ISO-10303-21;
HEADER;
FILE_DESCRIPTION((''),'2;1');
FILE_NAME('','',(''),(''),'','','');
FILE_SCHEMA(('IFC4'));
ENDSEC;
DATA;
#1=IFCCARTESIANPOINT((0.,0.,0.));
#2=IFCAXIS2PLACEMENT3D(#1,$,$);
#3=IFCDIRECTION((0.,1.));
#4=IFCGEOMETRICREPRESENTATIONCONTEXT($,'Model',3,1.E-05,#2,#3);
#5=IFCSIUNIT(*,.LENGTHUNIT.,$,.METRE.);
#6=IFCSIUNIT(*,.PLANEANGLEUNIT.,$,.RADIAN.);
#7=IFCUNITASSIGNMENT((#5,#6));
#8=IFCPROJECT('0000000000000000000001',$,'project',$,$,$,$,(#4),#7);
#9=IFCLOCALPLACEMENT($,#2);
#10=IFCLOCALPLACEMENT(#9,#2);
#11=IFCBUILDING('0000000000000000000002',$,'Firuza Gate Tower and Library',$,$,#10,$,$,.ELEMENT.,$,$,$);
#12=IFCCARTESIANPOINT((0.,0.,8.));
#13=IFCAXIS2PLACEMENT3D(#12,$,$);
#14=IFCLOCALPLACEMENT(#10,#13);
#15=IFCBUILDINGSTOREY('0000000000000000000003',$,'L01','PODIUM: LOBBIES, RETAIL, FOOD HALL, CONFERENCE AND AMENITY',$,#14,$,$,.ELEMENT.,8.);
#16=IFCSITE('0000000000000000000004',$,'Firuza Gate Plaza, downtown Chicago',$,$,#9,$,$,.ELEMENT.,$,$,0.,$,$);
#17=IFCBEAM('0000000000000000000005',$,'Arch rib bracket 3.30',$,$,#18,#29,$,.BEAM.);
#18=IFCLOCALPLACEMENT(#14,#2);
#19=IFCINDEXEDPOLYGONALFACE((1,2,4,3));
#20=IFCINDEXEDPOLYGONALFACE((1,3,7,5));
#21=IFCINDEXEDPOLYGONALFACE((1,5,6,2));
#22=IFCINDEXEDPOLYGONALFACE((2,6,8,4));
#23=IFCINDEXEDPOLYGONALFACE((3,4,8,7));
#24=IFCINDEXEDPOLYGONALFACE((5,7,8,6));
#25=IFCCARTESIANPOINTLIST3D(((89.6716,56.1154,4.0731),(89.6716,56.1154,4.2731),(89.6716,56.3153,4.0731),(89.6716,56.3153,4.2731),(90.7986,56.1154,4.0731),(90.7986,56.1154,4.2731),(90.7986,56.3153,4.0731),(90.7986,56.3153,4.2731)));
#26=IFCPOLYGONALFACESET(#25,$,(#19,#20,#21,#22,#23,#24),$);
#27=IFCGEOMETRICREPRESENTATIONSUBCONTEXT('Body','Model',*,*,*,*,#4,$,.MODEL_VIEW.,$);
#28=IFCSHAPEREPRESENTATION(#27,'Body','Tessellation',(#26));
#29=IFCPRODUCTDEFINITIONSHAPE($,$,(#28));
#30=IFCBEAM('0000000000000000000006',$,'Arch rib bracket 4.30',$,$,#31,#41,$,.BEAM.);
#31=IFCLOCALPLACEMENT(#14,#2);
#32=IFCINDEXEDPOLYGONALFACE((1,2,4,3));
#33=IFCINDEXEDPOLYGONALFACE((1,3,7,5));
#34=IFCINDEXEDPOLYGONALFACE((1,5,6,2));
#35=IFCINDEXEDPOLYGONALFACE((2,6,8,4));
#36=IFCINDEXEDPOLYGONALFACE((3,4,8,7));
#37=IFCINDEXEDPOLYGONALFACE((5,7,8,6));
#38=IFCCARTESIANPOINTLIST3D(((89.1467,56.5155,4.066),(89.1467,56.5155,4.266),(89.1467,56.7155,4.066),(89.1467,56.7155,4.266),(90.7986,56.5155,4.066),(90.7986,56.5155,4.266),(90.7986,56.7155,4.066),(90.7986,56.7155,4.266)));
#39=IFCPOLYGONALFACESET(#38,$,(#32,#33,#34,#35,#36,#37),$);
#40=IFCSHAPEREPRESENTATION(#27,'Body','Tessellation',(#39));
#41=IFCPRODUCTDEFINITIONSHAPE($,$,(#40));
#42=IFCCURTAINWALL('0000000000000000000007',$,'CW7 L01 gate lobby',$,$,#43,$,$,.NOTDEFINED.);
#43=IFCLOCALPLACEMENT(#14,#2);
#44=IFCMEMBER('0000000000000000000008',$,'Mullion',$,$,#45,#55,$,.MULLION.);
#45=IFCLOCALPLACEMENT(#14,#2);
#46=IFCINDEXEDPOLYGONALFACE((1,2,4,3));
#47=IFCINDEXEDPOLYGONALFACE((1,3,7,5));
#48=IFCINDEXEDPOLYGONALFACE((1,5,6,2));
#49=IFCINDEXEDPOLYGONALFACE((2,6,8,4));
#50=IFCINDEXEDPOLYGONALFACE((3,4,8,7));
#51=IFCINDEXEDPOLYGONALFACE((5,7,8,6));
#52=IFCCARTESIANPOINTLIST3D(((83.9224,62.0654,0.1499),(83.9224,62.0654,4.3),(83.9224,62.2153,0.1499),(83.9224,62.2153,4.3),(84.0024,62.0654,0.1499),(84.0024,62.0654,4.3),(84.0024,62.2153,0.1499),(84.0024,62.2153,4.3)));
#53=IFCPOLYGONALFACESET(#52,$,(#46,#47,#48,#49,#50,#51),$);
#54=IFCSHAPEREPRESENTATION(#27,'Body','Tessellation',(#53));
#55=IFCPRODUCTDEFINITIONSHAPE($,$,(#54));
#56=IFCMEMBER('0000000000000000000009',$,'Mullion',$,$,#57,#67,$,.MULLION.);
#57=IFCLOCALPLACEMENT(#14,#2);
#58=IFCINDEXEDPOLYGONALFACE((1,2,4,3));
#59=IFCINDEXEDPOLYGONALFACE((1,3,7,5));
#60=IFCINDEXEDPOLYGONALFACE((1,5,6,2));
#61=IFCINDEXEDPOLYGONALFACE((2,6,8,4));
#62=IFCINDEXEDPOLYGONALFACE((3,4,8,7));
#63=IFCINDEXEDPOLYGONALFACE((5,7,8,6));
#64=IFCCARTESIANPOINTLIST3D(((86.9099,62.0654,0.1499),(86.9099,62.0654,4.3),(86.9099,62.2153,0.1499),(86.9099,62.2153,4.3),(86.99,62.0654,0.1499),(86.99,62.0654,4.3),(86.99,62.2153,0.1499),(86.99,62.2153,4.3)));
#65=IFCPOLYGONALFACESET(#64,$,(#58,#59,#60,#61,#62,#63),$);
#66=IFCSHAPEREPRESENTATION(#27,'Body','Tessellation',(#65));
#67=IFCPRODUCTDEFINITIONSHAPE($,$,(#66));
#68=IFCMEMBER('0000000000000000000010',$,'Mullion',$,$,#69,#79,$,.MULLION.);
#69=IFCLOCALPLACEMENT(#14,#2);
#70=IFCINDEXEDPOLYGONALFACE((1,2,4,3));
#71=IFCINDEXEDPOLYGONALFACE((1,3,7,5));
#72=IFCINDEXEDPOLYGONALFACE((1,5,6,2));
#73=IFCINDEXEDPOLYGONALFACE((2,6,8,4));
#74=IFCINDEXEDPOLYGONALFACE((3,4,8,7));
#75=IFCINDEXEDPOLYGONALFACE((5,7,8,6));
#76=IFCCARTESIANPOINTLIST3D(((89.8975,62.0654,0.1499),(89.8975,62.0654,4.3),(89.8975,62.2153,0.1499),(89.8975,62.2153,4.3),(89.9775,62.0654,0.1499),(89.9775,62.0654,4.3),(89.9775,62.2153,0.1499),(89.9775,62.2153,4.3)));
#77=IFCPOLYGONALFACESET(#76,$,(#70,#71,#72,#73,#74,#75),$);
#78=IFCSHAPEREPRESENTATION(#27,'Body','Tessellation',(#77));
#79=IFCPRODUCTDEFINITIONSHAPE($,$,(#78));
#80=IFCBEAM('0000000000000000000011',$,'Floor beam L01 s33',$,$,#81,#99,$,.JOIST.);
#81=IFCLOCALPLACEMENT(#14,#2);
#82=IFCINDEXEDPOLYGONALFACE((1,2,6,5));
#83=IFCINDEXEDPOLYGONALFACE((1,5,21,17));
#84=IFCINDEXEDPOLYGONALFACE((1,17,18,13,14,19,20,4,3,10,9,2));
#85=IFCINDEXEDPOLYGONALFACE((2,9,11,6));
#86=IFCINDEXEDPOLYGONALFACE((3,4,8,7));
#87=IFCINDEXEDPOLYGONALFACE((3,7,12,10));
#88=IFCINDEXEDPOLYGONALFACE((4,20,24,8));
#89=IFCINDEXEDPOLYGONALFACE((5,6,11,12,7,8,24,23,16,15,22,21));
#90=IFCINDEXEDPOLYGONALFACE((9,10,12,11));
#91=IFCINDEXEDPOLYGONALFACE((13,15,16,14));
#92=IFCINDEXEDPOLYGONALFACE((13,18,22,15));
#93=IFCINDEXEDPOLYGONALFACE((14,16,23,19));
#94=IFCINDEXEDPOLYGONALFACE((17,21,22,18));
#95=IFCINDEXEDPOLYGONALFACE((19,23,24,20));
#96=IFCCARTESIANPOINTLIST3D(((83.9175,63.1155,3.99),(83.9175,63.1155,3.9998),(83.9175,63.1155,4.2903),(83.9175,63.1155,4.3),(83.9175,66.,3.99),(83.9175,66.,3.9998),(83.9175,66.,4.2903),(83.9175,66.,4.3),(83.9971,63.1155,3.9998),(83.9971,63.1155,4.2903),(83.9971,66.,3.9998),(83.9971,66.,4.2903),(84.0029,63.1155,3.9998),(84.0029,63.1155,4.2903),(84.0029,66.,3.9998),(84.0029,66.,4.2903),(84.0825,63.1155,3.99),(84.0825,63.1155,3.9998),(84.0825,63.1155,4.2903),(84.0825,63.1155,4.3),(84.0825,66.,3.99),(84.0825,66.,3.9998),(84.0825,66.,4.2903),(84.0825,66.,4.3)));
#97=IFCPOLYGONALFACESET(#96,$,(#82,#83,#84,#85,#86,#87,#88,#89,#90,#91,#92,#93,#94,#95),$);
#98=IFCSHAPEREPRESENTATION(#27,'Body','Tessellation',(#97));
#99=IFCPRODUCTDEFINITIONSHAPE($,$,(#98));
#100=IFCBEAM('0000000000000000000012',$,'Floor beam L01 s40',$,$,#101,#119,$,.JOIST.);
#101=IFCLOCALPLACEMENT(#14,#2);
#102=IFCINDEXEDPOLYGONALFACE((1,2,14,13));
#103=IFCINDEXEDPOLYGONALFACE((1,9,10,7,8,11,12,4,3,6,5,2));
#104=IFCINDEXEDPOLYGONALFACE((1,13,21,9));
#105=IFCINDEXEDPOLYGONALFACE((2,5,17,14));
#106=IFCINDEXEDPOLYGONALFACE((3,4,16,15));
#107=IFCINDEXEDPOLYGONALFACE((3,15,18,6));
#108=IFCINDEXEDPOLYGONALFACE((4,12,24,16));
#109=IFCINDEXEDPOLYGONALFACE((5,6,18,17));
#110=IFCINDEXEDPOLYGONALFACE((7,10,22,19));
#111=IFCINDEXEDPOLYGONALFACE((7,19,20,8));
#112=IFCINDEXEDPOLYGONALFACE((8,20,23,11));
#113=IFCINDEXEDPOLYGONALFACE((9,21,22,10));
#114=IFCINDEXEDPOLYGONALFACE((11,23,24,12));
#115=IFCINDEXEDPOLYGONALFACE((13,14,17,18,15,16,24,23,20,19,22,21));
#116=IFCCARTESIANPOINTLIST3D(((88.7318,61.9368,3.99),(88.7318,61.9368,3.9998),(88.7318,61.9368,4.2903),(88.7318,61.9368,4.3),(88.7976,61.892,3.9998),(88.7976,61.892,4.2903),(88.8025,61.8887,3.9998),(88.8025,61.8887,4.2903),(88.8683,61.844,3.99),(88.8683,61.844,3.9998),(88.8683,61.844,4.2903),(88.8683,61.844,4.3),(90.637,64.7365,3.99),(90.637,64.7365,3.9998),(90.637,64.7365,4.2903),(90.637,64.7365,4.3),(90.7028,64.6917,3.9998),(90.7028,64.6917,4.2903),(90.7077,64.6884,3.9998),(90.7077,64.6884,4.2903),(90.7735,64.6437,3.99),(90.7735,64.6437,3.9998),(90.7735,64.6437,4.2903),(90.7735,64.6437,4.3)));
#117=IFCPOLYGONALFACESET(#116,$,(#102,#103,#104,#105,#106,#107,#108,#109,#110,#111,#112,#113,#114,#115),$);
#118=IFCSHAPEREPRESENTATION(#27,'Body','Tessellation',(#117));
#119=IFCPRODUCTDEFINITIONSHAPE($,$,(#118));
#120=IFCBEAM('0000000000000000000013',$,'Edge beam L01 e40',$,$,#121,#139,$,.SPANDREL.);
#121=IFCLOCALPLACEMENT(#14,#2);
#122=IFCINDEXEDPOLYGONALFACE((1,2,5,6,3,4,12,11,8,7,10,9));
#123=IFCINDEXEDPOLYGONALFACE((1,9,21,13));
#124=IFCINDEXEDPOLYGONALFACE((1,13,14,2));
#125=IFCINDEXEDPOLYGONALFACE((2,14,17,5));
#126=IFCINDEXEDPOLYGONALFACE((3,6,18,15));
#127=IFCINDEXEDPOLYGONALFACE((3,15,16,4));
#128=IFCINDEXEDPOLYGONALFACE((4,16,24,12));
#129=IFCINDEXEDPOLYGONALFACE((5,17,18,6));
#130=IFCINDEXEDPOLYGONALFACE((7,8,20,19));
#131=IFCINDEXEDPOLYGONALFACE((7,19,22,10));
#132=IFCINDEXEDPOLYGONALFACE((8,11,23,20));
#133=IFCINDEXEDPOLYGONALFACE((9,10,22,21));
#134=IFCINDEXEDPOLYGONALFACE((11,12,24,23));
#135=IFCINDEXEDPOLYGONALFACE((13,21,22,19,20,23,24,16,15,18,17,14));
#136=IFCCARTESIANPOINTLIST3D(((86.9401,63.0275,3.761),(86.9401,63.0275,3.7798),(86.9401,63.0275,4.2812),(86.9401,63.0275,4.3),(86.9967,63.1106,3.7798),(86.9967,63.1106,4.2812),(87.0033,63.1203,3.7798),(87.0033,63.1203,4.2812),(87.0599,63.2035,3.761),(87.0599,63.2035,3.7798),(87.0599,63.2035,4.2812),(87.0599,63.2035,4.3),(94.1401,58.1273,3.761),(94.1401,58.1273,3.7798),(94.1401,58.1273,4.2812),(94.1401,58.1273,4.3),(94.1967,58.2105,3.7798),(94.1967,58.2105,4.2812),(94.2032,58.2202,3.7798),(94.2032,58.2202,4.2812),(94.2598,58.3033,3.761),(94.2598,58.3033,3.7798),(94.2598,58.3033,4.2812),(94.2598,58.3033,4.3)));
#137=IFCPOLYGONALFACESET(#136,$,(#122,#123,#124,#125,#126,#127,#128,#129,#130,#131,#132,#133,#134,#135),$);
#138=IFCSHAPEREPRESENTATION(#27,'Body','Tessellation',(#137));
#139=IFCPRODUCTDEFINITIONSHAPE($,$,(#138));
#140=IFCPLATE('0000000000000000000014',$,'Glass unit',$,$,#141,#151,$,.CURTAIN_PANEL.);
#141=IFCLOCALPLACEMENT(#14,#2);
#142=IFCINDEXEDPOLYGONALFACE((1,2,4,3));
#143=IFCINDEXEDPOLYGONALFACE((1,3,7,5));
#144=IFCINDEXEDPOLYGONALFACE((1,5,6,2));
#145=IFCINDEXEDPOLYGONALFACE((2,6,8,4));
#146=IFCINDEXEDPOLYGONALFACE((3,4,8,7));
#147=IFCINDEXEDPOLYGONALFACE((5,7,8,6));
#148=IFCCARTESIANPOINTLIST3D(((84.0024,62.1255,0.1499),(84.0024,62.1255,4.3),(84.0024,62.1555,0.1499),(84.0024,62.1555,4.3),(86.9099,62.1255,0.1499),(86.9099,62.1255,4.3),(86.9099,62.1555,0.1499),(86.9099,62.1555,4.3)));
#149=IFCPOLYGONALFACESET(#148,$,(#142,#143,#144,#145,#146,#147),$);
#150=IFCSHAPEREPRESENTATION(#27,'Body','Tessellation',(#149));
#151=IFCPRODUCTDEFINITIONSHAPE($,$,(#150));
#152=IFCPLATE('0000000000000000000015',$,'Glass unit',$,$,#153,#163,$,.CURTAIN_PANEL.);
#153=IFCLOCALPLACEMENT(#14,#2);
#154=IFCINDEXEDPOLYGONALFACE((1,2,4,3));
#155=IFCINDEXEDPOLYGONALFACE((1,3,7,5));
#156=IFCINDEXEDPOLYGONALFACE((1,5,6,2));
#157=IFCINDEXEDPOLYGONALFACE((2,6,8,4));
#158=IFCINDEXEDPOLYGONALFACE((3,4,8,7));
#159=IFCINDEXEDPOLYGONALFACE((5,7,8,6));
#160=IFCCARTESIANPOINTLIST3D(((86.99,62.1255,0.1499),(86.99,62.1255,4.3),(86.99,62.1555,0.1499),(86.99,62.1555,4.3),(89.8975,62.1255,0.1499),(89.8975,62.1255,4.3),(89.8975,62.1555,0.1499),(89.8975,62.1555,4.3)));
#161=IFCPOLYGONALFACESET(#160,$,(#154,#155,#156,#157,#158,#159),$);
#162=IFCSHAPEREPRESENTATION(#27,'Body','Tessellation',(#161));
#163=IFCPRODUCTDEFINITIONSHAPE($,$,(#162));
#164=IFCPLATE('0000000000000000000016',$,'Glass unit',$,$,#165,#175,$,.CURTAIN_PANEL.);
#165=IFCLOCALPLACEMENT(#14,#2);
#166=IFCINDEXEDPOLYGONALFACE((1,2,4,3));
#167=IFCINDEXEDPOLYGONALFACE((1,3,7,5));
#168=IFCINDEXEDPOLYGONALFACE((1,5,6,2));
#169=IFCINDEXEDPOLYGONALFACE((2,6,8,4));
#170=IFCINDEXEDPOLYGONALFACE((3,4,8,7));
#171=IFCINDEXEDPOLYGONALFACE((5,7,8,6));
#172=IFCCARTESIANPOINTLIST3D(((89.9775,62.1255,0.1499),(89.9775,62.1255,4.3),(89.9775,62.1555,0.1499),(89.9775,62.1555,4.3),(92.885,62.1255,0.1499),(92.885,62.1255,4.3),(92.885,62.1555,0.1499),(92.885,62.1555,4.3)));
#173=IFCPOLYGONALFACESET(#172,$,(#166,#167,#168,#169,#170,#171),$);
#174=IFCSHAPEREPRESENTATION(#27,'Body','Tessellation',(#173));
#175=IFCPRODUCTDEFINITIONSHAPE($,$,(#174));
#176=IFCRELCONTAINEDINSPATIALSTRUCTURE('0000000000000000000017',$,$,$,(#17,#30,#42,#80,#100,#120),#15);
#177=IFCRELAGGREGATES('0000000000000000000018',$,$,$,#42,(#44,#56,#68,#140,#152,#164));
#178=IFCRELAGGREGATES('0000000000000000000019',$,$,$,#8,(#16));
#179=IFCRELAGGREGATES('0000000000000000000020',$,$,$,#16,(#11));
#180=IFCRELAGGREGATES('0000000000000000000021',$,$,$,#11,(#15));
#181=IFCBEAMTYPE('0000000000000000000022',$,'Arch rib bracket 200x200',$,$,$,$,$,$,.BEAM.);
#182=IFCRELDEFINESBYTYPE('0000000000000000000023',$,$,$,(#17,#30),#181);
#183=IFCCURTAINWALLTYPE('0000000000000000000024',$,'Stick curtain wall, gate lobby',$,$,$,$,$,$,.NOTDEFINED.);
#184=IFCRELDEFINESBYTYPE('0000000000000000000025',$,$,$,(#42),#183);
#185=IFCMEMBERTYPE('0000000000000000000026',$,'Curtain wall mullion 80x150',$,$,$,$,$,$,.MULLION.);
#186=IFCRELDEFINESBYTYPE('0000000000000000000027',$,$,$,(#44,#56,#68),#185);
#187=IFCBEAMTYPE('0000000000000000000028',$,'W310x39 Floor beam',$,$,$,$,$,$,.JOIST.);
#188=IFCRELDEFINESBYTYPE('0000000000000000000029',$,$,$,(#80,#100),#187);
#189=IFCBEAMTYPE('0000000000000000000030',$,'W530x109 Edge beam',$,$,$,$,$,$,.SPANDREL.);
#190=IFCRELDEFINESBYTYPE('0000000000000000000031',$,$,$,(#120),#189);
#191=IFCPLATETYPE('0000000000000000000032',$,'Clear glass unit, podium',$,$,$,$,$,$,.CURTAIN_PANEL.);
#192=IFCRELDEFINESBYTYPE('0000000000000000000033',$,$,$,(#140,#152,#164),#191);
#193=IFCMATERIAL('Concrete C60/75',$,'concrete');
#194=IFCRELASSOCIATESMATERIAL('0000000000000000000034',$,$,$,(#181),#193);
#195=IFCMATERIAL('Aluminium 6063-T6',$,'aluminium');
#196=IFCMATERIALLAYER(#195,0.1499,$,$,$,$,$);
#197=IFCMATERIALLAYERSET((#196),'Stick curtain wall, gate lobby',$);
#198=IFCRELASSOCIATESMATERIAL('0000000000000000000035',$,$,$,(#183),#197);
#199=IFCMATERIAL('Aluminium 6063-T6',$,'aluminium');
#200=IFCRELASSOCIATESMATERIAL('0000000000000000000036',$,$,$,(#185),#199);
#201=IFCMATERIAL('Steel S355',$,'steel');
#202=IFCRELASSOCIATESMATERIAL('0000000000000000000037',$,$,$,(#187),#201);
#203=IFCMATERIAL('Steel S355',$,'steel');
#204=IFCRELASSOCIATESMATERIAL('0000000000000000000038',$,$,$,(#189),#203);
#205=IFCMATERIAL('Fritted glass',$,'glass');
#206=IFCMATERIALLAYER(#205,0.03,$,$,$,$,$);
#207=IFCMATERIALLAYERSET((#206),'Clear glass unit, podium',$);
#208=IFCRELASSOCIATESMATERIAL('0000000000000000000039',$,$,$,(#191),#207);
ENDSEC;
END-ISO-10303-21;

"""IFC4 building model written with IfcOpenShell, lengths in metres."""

from ifc_helpers import new_model, si_unit, direction, frame, origin, origin_2d, place, context, subcontext, project, spatial, polyline, rectangle, i_section, outline, extrude, material, layer, layer_set, material_profile, profile_set, type_object, element, aggregate, save


model = new_model("IFC4")

# Units and contexts
model_context = context("Model", 3, precision=1e-05, world=origin(), true_north=direction((0.0, 1.0)))
body_context = subcontext(model_context, "Body", "Model", "MODEL_VIEW")
ifc_project = project(units=[si_unit("LENGTHUNIT", "METRE"), si_unit("PLANEANGLEUNIT", "RADIAN")], contexts=[model_context])

# Site, building, storey
site_placement = place(None, origin())
site = spatial("IfcSite", under=ifc_project, at=site_placement, Name="Firuza Gate Plaza, downtown Chicago", CompositionType="ELEMENT", RefElevation=0.0)
building_placement = place(site_placement, origin())
building = spatial("IfcBuilding", under=site, at=building_placement, Name="Firuza Gate Tower and Library", CompositionType="ELEMENT")
storey_placement = place(building_placement, frame((0.0, 0.0, 8.0)))
storey = spatial("IfcBuildingStorey", under=building, at=storey_placement, Name="L01", Description="PODIUM: LOBBIES, RETAIL, FOOD HALL, CONFERENCE AND AMENITY", CompositionType="ELEMENT", Elevation=8.0)

# Beams
ifc_material_1 = material(Name="Concrete C60/75", Category="concrete")
ifc_material_profile_1 = material_profile(ifc_material_1, rectangle(XDim=0.2, YDim=0.2, at=origin_2d()))
ifc_profile_set_1 = profile_set([ifc_material_profile_1], Name="Concrete C60/75")
beam_type_1 = type_object("IfcBeamType", Name="Arch rib bracket 200x200", PredefinedType="BEAM", material=ifc_profile_set_1)
beam_1_placement = place(storey_placement, frame((90.7986, 56.2153, 4.1731), z_axis=(-1.0, 0.0, 0.0), x_axis=(0.0, -1.0, 0.0)))
element("IfcBeam", 1, at=beam_1_placement, inside=storey, type_object=beam_type_1, Name="Arch rib bracket 3.30", PredefinedType="BEAM", context=body_context, shape_type="SweptSolid", body=[
    extrude(rectangle(XDim=0.2, YDim=0.2, at=origin_2d()), origin(), (0.0, 0.0, 1.0), 1.127),
])
beam_2_placement = place(storey_placement, frame((90.7986, 56.6155, 4.166), z_axis=(-1.0, 0.0, 0.0), x_axis=(0.0, -1.0, 0.0)))
element("IfcBeam", 2, at=beam_2_placement, inside=storey, type_object=beam_type_1, Name="Arch rib bracket 4.30", PredefinedType="BEAM", context=body_context, shape_type="SweptSolid", body=[
    extrude(rectangle(XDim=0.2, YDim=0.2, at=origin_2d()), origin(), (0.0, 0.0, 1.0), 1.6519),
])

# Curtain wall, members
ifc_material_2 = material(Name="Aluminium 6063-T6", Category="aluminium")
ifc_layer_1 = layer(ifc_material_2, 0.1499)
ifc_layer_set_1 = layer_set([ifc_layer_1], Name="Stick curtain wall, gate lobby")
curtain_wall_type = type_object("IfcCurtainWallType", Name="Stick curtain wall, gate lobby", PredefinedType="NOTDEFINED", material=ifc_layer_set_1)
curtain_wall_placement = place(storey_placement, origin())
curtain_wall = element("IfcCurtainWall", 3, at=curtain_wall_placement, inside=storey, type_object=curtain_wall_type, Name="CW7 L01 gate lobby", PredefinedType="NOTDEFINED")
ifc_material_3 = material(Name="Aluminium 6063-T6", Category="aluminium")
ifc_material_profile_2 = material_profile(ifc_material_3, rectangle(XDim=0.1499, YDim=0.0801, at=origin_2d()))
ifc_profile_set_2 = profile_set([ifc_material_profile_2], Name="Aluminium 6063-T6")
member_type_1 = type_object("IfcMemberType", Name="Curtain wall mullion 80x150", PredefinedType="MULLION", material=ifc_profile_set_2)
member_1_placement = place(storey_placement, frame((83.9624, 62.1404, 0.1499), z_axis=(0.0, 0.0, 1.0), x_axis=(0.0, 1.0, 0.0)))
member_1 = element("IfcMember", 4, at=member_1_placement, type_object=member_type_1, Name="Mullion", PredefinedType="MULLION", context=body_context, shape_type="SweptSolid", body=[
    extrude(rectangle(XDim=0.1499, YDim=0.0801, at=origin_2d()), origin(), (0.0, 0.0, 1.0), 4.1501),
])
member_2_placement = place(storey_placement, frame((86.95, 62.1404, 0.1499), z_axis=(0.0, 0.0, 1.0), x_axis=(0.0, 1.0, 0.0)))
member_2 = element("IfcMember", 5, at=member_2_placement, type_object=member_type_1, Name="Mullion", PredefinedType="MULLION", context=body_context, shape_type="SweptSolid", body=[
    extrude(rectangle(XDim=0.1499, YDim=0.0801, at=origin_2d()), origin(), (0.0, 0.0, 1.0), 4.1501),
])
member_3_placement = place(storey_placement, frame((89.9375, 62.1404, 0.1499), z_axis=(0.0, 0.0, 1.0), x_axis=(0.0, 1.0, 0.0)))
member_3 = element("IfcMember", 6, at=member_3_placement, type_object=member_type_1, Name="Mullion", PredefinedType="MULLION", context=body_context, shape_type="SweptSolid", body=[
    extrude(rectangle(XDim=0.1499, YDim=0.0801, at=origin_2d()), origin(), (0.0, 0.0, 1.0), 4.1501),
])

# Beams
ifc_material_4 = material(Name="Steel S355", Category="steel")
ifc_material_profile_3 = material_profile(ifc_material_4, i_section(OverallWidth=0.165, OverallDepth=0.3101, WebThickness=0.0059, FlangeThickness=0.0098, at=origin_2d()))
ifc_profile_set_3 = profile_set([ifc_material_profile_3], Name="Steel S355")
beam_type_2 = type_object("IfcBeamType", Name="W310x39 Floor beam", PredefinedType="JOIST", material=ifc_profile_set_3)
beam_3_placement = place(storey_placement, frame((84.0, 63.1155, 4.145), z_axis=(0.0, 1.0, 0.0), x_axis=(-1.0, 0.0, 0.0)))
element("IfcBeam", 7, at=beam_3_placement, inside=storey, type_object=beam_type_2, Name="Floor beam L01 s33", PredefinedType="JOIST", context=body_context, shape_type="SweptSolid", body=[
    extrude(i_section(OverallWidth=0.165, OverallDepth=0.3101, WebThickness=0.0059, FlangeThickness=0.0098, at=origin_2d()), origin(), (0.0, 0.0, 1.0), 2.8845),
])
beam_4_placement = place(storey_placement, frame((88.8, 61.8904, 4.145), z_axis=(0.562594, 0.826733, 0.0), x_axis=(-0.826733, 0.562594, 0.0)))
element("IfcBeam", 8, at=beam_4_placement, inside=storey, type_object=beam_type_2, Name="Floor beam L01 s40", PredefinedType="JOIST", context=body_context, shape_type="SweptSolid", body=[
    extrude(i_section(OverallWidth=0.165, OverallDepth=0.3101, WebThickness=0.0059, FlangeThickness=0.0098, at=origin_2d()), origin(), (0.0, 0.0, 1.0), 3.3865),
])
ifc_material_5 = material(Name="Steel S355", Category="steel")
ifc_material_profile_4 = material_profile(ifc_material_5, i_section(OverallWidth=0.2129, OverallDepth=0.5391, WebThickness=0.0117, FlangeThickness=0.0188, at=origin_2d()))
ifc_profile_set_4 = profile_set([ifc_material_profile_4], Name="Steel S355")
beam_type_3 = type_object("IfcBeamType", Name="W530x109 Edge beam", PredefinedType="SPANDREL", material=ifc_profile_set_4)
beam_5_placement = place(storey_placement, frame((87.0, 63.1155, 4.0305), z_axis=(0.826703, -0.562638, 0.0), x_axis=(0.562638, 0.826703, 0.0)))
element("IfcBeam", 9, at=beam_5_placement, inside=storey, type_object=beam_type_3, Name="Edge beam L01 e40", PredefinedType="SPANDREL", context=body_context, shape_type="SweptSolid", body=[
    extrude(i_section(OverallWidth=0.2129, OverallDepth=0.5391, WebThickness=0.0117, FlangeThickness=0.0188, at=origin_2d()), origin(), (0.0, 0.0, 1.0), 8.7092),
])

# Plates
ifc_material_6 = material(Name="Fritted glass", Category="glass")
ifc_layer_2 = layer(ifc_material_6, 0.03)
ifc_layer_set_2 = layer_set([ifc_layer_2], Name="Clear glass unit, podium")
plate_type = type_object("IfcPlateType", Name="Clear glass unit, podium", PredefinedType="CURTAIN_PANEL", material=ifc_layer_set_2)
plate_1_placement = place(storey_placement, frame((84.0024, 62.1255, 0.1499), z_axis=(0.0, -1.0, 0.0), x_axis=(1.0, 0.0, 0.0)))
plate_1 = element("IfcPlate", 10, at=plate_1_placement, type_object=plate_type, Name="Glass unit", PredefinedType="CURTAIN_PANEL", context=body_context, shape_type="SweptSolid", body=[
    extrude(outline(polyline([(0.0, 0.0), (2.9075, 0.0), (2.9075, 4.1501), (0.0, 4.1501), (0.0, 0.0)])), origin(), (0.0, 0.0, -1.0), 0.03),
])
plate_2_placement = place(storey_placement, frame((86.99, 62.1255, 0.1499), z_axis=(0.0, -1.0, 0.0), x_axis=(1.0, 0.0, 0.0)))
plate_2 = element("IfcPlate", 11, at=plate_2_placement, type_object=plate_type, Name="Glass unit", PredefinedType="CURTAIN_PANEL", context=body_context, shape_type="SweptSolid", body=[
    extrude(outline(polyline([(0.0, 0.0), (2.9075, 0.0), (2.9075, 4.1501), (0.0, 4.1501), (0.0, 0.0)])), origin(), (0.0, 0.0, -1.0), 0.03),
])
plate_3_placement = place(storey_placement, frame((89.9775, 62.1255, 0.1499), z_axis=(0.0, -1.0, 0.0), x_axis=(1.0, 0.0, 0.0)))
plate_3 = element("IfcPlate", 12, at=plate_3_placement, type_object=plate_type, Name="Glass unit", PredefinedType="CURTAIN_PANEL", context=body_context, shape_type="SweptSolid", body=[
    extrude(outline(polyline([(0.0, 0.0), (2.9075, 0.0), (2.9075, 4.1501), (0.0, 4.1501), (0.0, 0.0)])), origin(), (0.0, 0.0, -1.0), 0.03),
])
aggregate(curtain_wall, [member_1, member_2, member_3, plate_1, plate_2, plate_3])

save(model, "model.ifc")
